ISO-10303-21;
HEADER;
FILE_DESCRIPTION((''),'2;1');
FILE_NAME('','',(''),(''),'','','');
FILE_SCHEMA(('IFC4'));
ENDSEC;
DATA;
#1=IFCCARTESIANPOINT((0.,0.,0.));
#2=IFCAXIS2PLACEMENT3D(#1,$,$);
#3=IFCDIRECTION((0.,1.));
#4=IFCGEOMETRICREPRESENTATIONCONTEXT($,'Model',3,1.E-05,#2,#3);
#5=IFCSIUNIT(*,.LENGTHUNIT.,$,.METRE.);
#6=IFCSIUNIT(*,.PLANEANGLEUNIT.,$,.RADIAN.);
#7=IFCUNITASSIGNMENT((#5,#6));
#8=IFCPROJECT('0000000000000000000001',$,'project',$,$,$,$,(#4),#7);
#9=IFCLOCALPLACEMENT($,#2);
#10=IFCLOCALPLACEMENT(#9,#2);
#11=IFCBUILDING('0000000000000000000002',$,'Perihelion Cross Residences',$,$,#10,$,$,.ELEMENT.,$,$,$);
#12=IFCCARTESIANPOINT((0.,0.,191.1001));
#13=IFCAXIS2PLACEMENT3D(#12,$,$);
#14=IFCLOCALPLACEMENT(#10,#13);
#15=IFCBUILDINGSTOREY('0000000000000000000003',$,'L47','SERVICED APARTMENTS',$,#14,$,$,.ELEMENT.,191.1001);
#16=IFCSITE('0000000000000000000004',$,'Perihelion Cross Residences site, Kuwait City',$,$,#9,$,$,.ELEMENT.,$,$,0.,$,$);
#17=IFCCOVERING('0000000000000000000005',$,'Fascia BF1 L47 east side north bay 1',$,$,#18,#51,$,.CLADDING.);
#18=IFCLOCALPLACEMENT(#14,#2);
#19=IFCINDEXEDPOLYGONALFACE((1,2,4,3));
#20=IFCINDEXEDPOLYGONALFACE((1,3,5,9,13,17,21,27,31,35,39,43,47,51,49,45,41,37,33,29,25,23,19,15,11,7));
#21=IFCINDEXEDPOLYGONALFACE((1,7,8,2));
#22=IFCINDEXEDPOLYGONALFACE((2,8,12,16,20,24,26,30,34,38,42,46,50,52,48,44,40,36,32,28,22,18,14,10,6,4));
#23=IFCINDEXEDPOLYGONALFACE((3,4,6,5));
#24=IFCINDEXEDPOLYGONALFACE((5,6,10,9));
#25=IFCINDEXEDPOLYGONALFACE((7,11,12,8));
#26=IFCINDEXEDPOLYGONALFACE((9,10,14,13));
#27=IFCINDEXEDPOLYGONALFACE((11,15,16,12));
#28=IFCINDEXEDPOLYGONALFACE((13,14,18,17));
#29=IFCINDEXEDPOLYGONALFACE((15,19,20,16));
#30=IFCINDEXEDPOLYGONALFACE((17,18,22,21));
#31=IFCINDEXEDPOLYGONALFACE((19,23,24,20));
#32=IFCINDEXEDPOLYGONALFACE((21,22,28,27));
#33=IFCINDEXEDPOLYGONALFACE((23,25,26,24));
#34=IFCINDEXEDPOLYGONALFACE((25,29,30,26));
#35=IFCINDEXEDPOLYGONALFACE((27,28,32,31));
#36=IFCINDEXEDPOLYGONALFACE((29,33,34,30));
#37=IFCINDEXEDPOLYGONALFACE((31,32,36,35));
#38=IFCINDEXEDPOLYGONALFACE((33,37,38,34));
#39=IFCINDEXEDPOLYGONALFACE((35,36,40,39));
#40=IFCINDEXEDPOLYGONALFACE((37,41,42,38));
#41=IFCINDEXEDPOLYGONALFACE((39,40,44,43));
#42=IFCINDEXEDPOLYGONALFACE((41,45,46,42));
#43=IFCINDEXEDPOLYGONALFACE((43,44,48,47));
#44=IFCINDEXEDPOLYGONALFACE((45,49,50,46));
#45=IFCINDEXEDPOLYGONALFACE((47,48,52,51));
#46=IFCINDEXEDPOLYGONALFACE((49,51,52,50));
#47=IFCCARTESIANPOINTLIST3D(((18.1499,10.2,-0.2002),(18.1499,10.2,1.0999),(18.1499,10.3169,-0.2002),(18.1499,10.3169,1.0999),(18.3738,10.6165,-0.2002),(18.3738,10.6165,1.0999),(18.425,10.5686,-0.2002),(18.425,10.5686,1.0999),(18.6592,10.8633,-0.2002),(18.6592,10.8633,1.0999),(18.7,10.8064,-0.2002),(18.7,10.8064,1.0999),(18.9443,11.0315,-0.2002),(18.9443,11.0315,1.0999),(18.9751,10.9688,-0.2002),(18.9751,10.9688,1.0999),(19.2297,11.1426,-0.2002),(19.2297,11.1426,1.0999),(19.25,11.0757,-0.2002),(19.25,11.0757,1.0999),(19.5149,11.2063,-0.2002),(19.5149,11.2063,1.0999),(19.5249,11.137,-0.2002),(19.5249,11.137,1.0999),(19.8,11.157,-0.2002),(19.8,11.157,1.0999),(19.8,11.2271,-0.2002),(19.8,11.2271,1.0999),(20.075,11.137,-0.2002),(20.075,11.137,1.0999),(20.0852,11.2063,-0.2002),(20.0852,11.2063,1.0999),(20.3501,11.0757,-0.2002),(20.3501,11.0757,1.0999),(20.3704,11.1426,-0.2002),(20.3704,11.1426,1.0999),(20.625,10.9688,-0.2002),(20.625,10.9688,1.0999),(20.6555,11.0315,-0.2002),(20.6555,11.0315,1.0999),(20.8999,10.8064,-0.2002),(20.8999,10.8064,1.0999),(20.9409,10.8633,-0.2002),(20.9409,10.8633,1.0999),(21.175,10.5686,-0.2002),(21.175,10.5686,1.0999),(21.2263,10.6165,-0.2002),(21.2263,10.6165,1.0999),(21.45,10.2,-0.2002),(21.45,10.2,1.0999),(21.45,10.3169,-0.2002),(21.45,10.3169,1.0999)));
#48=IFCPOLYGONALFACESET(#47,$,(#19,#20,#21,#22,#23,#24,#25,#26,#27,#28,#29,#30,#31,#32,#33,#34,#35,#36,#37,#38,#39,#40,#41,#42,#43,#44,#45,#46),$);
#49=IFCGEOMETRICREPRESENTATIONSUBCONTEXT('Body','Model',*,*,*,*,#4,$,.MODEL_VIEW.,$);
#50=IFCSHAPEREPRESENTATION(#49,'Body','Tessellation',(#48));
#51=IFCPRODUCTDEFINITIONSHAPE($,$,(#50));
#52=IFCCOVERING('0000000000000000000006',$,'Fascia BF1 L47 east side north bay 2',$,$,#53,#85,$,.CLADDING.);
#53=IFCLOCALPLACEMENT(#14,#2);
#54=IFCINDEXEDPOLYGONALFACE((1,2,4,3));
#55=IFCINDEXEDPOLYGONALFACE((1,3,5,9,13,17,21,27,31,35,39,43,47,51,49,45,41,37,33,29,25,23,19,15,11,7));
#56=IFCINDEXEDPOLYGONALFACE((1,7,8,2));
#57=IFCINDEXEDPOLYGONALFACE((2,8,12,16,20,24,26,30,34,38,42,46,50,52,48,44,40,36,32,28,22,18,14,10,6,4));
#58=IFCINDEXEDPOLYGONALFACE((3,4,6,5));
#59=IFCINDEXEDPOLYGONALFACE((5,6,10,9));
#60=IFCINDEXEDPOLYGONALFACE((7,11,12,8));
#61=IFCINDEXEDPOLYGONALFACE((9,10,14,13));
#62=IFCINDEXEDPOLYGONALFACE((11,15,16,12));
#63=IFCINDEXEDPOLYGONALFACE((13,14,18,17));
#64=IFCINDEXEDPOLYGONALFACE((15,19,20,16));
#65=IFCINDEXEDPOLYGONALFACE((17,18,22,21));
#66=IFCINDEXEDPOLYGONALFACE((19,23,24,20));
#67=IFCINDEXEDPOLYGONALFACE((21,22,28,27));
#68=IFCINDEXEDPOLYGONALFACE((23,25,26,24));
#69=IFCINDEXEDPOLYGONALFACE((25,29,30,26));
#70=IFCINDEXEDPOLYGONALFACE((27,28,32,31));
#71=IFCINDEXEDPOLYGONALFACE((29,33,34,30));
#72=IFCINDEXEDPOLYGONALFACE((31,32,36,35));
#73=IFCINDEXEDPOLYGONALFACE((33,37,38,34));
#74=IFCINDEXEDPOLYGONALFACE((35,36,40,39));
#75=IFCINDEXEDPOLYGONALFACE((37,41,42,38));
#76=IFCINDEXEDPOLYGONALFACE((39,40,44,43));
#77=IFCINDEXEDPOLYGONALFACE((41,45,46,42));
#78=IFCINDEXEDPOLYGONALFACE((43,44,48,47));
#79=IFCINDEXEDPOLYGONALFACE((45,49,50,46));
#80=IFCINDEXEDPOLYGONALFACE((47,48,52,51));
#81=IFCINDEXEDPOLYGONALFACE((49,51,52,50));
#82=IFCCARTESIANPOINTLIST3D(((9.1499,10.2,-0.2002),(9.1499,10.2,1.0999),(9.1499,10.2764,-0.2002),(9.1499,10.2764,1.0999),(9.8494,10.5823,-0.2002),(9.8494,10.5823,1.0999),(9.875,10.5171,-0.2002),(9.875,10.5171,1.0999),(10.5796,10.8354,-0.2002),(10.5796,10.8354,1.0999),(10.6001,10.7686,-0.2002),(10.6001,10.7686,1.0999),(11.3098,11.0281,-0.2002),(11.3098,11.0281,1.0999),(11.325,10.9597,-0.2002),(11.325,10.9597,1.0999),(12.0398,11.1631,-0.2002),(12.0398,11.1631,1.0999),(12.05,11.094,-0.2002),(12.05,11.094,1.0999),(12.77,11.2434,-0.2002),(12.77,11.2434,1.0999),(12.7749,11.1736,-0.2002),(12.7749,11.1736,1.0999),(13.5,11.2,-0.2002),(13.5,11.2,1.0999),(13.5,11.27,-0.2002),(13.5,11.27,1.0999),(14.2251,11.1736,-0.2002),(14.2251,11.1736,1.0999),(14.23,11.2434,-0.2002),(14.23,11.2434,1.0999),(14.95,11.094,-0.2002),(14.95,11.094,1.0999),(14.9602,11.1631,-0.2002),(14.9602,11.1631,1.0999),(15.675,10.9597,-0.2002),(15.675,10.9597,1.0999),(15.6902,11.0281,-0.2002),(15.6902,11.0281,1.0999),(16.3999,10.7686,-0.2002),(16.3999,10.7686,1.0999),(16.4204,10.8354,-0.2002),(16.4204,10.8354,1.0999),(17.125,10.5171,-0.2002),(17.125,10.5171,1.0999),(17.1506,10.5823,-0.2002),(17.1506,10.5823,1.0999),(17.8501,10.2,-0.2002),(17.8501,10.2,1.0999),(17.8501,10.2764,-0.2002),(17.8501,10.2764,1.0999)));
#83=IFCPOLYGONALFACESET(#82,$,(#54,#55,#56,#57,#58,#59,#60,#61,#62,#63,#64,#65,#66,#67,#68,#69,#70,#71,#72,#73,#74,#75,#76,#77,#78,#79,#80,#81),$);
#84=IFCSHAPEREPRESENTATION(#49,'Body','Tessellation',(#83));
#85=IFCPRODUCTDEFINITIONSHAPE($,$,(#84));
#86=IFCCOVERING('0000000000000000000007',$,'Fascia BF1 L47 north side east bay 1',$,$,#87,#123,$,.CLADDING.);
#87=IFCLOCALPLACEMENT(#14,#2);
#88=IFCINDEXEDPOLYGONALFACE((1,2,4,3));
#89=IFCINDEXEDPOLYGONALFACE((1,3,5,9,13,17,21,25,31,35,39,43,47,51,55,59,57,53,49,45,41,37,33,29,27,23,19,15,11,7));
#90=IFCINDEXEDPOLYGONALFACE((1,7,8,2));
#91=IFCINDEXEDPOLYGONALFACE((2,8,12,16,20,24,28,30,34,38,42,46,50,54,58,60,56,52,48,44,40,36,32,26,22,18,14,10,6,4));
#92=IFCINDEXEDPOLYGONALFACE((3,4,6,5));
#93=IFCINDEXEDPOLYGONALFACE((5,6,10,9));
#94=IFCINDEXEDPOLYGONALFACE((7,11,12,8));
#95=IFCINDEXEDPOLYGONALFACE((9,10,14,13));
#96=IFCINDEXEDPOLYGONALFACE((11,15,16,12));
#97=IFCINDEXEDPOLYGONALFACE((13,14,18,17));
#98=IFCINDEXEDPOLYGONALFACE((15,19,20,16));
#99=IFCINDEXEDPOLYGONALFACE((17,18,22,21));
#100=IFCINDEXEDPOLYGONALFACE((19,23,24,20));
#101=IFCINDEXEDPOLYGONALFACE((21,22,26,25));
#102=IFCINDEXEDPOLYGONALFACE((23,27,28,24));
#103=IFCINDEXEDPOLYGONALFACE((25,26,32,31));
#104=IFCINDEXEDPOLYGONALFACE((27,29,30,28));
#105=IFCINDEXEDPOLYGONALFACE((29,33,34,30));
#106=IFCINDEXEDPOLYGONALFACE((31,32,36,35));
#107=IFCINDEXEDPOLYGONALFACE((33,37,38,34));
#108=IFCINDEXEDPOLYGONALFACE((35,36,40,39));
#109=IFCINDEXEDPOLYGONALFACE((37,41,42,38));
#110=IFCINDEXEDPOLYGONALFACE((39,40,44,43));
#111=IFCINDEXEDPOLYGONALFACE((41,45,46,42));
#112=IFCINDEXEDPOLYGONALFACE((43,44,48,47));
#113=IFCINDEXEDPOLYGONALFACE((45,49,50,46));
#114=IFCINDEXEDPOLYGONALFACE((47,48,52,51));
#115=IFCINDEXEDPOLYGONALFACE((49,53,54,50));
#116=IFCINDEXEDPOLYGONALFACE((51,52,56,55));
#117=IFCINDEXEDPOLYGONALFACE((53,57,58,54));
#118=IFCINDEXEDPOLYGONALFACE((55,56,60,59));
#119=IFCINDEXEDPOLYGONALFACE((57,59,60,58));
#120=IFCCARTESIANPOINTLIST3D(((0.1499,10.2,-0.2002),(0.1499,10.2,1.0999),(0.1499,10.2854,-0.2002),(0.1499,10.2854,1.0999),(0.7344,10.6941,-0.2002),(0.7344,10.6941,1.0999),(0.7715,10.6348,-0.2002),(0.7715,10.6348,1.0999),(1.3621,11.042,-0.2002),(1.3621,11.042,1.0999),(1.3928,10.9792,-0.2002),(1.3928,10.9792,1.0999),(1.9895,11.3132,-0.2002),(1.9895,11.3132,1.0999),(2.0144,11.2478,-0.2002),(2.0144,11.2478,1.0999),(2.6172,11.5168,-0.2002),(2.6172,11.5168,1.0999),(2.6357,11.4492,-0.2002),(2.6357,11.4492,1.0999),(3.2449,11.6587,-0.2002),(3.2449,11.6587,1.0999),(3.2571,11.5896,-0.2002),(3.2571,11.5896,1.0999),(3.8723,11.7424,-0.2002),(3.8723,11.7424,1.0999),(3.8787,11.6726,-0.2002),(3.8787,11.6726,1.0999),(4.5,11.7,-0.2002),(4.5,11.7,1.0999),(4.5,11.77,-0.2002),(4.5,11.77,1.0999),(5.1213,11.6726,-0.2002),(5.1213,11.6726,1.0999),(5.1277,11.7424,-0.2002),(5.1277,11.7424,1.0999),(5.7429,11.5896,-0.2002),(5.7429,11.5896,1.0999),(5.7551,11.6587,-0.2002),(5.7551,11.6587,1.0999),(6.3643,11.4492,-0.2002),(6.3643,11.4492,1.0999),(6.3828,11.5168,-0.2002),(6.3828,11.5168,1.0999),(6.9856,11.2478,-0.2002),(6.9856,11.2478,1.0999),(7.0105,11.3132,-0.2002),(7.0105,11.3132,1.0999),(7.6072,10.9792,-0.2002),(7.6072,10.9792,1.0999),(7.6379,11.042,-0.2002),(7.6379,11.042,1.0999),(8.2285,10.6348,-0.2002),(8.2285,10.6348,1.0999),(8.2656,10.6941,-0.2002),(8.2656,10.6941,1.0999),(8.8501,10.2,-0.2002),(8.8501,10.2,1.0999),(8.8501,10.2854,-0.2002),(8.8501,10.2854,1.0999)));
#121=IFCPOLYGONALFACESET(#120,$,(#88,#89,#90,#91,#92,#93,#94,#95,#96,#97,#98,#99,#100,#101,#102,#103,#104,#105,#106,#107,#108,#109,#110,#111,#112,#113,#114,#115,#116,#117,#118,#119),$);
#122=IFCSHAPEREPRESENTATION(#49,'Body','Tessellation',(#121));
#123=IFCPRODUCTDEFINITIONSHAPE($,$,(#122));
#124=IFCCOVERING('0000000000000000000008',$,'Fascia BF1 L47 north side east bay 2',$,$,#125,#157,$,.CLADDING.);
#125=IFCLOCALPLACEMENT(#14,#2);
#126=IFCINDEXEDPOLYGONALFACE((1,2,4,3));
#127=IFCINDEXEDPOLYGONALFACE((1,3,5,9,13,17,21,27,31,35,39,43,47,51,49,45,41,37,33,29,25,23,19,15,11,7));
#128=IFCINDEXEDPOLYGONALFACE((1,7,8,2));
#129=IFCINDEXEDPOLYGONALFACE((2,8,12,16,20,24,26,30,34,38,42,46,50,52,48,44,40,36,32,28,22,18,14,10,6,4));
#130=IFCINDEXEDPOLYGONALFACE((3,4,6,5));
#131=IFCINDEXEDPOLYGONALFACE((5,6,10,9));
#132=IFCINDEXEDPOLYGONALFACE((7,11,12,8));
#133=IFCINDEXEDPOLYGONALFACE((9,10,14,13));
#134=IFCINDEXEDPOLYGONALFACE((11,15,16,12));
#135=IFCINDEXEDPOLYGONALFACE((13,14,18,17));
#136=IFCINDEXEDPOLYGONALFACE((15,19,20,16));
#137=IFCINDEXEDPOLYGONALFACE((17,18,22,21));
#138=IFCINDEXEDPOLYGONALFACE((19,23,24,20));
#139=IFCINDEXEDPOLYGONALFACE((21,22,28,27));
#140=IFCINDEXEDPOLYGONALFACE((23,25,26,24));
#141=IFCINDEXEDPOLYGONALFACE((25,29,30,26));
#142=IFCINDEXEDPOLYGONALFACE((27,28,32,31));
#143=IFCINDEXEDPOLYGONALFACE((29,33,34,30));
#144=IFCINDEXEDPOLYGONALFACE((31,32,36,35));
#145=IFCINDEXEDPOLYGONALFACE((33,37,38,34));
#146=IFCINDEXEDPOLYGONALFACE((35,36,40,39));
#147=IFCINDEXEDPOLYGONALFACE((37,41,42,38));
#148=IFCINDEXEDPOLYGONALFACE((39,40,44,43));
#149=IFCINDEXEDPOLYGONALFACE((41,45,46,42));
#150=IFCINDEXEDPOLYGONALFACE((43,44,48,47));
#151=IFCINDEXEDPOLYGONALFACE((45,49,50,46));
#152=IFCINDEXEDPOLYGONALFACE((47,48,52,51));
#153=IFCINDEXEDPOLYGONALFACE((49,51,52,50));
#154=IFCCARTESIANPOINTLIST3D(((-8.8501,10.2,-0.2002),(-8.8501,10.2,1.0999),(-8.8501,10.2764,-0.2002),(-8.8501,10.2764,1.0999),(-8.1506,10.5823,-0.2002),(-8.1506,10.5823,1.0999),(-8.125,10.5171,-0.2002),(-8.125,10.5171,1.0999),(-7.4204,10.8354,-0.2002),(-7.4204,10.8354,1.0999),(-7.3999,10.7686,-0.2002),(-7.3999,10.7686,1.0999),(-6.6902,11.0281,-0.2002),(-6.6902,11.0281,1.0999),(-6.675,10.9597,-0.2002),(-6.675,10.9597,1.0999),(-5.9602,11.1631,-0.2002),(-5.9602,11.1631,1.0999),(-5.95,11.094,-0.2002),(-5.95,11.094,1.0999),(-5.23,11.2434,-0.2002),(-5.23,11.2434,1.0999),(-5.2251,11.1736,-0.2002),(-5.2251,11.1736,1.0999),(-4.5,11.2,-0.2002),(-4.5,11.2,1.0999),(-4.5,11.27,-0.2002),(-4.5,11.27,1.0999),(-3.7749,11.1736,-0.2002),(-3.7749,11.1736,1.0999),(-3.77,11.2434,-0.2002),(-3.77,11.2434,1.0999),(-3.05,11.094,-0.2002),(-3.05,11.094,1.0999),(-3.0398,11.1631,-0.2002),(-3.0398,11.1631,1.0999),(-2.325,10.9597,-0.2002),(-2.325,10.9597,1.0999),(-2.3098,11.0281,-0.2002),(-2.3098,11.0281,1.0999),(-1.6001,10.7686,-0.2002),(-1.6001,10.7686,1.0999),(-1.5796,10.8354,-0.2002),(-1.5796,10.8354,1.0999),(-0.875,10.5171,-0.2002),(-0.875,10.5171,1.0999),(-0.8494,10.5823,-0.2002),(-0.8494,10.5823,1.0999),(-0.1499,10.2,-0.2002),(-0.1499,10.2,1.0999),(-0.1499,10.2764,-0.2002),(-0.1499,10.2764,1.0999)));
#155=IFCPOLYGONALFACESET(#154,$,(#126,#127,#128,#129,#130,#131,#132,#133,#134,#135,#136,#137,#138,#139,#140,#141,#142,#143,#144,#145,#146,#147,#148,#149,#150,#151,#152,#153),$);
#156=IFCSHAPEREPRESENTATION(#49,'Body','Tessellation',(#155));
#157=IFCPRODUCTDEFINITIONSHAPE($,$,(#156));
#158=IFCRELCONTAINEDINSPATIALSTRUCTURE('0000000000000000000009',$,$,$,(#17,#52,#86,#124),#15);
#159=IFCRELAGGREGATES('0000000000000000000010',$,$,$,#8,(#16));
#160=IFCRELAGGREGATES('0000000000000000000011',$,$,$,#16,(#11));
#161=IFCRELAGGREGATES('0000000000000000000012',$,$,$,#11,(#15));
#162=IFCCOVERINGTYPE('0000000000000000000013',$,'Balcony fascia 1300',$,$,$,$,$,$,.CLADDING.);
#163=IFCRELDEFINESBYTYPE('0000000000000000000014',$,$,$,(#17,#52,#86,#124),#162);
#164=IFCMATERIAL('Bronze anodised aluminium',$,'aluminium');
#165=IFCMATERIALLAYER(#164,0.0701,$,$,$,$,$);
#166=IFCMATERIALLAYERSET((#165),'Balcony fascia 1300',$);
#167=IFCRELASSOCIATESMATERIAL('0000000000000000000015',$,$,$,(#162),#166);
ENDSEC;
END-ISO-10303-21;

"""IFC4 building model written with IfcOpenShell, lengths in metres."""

from ifc_helpers import new_model, si_unit, direction, frame, origin, place, context, subcontext, project, spatial, polyline, outline, extrude, material, layer, layer_set, type_object, element, save


model = new_model("IFC4")

# Units and contexts
model_context = context("Model", 3, precision=1e-05, world=origin(), true_north=direction((0.0, 1.0)))
body_context = subcontext(model_context, "Body", "Model", "MODEL_VIEW")
ifc_project = project(units=[si_unit("LENGTHUNIT", "METRE"), si_unit("PLANEANGLEUNIT", "RADIAN")], contexts=[model_context])

# Site, building, storey
site_placement = place(None, origin())
site = spatial("IfcSite", under=ifc_project, at=site_placement, Name="Perihelion Cross Residences site, Kuwait City", CompositionType="ELEMENT", RefElevation=0.0)
building_placement = place(site_placement, origin())
building = spatial("IfcBuilding", under=site, at=building_placement, Name="Perihelion Cross Residences", CompositionType="ELEMENT")
storey_placement = place(building_placement, frame((0.0, 0.0, 191.1001)))
storey = spatial("IfcBuildingStorey", under=building, at=storey_placement, Name="L47", Description="SERVICED APARTMENTS", CompositionType="ELEMENT", Elevation=191.1001)

# Coverings
ifc_material_1 = material(Name="Bronze anodised aluminium", Category="aluminium")
ifc_layer_1 = layer(ifc_material_1, 0.0701)
ifc_layer_set_1 = layer_set([ifc_layer_1], Name="Balcony fascia 1300")
covering_type = type_object("IfcCoveringType", Name="Balcony fascia 1300", PredefinedType="CLADDING", material=ifc_layer_set_1)
covering_1_placement = place(storey_placement, frame((0.0, 0.0, -0.2002)))
element("IfcCovering", 1, at=covering_1_placement, inside=storey, type_object=covering_type, Name="Fascia BF1 L47 east side north bay 1", PredefinedType="CLADDING", context=body_context, shape_type="SweptSolid", body=[
    extrude(outline(polyline([(21.2263, 10.6165), (20.9409, 10.8633), (20.6555, 11.0315), (20.3704, 11.1426), (20.0852, 11.2063), (19.8, 11.2271), (19.5149, 11.2063), (19.2297, 11.1426), (18.9443, 11.0315), (18.6592, 10.8633), (18.3738, 10.6165), (18.1499, 10.3169), (18.1499, 10.2), (18.425, 10.5686), (18.7, 10.8064), (18.9751, 10.9688), (19.25, 11.0757), (19.5249, 11.137), (19.8, 11.157), (20.075, 11.137), (20.3501, 11.0757), (20.625, 10.9688), (20.8999, 10.8064), (21.175, 10.5686), (21.45, 10.2), (21.45, 10.3169), (21.2263, 10.6165)])), origin(), (0.0, 0.0, 1.0), 1.3),
])
covering_2_placement = place(storey_placement, frame((0.0, 0.0, -0.2002)))
element("IfcCovering", 2, at=covering_2_placement, inside=storey, type_object=covering_type, Name="Fascia BF1 L47 east side north bay 2", PredefinedType="CLADDING", context=body_context, shape_type="SweptSolid", body=[
    extrude(outline(polyline([(17.1506, 10.5823), (16.4204, 10.8354), (15.6902, 11.0281), (14.9602, 11.1631), (14.23, 11.2434), (13.5, 11.27), (12.77, 11.2434), (12.0398, 11.1631), (11.3098, 11.0281), (10.5796, 10.8354), (9.8494, 10.5823), (9.1499, 10.2764), (9.1499, 10.2), (9.875, 10.5171), (10.6001, 10.7686), (11.325, 10.9597), (12.05, 11.094), (12.7749, 11.1736), (13.5, 11.2), (14.2251, 11.1736), (14.95, 11.094), (15.675, 10.9597), (16.3999, 10.7686), (17.125, 10.5171), (17.8501, 10.2), (17.8501, 10.2764), (17.1506, 10.5823)])), origin(), (0.0, 0.0, 1.0), 1.3),
])
covering_3_placement = place(storey_placement, frame((0.0, 0.0, -0.2002)))
element("IfcCovering", 3, at=covering_3_placement, inside=storey, type_object=covering_type, Name="Fascia BF1 L47 north side east bay 1", PredefinedType="CLADDING", context=body_context, shape_type="SweptSolid", body=[
    extrude(outline(polyline([(8.2656, 10.6941), (7.6379, 11.042), (7.0105, 11.3132), (6.3828, 11.5168), (5.7551, 11.6587), (5.1277, 11.7424), (4.5, 11.77), (3.8723, 11.7424), (3.2449, 11.6587), (2.6172, 11.5168), (1.9895, 11.3132), (1.3621, 11.042), (0.7344, 10.6941), (0.1499, 10.2854), (0.1499, 10.2), (0.7715, 10.6348), (1.3928, 10.9792), (2.0144, 11.2478), (2.6357, 11.4492), (3.2571, 11.5896), (3.8787, 11.6726), (4.5, 11.7), (5.1213, 11.6726), (5.7429, 11.5896), (6.3643, 11.4492), (6.9856, 11.2478), (7.6072, 10.9792), (8.2285, 10.6348), (8.8501, 10.2), (8.8501, 10.2854), (8.2656, 10.6941)])), origin(), (0.0, 0.0, 1.0), 1.3),
])
covering_4_placement = place(storey_placement, frame((0.0, 0.0, -0.2002)))
element("IfcCovering", 4, at=covering_4_placement, inside=storey, type_object=covering_type, Name="Fascia BF1 L47 north side east bay 2", PredefinedType="CLADDING", context=body_context, shape_type="SweptSolid", body=[
    extrude(outline(polyline([(-0.8494, 10.5823), (-1.5796, 10.8354), (-2.3098, 11.0281), (-3.0398, 11.1631), (-3.77, 11.2434), (-4.5, 11.27), (-5.23, 11.2434), (-5.9602, 11.1631), (-6.6902, 11.0281), (-7.4204, 10.8354), (-8.1506, 10.5823), (-8.8501, 10.2764), (-8.8501, 10.2), (-8.125, 10.5171), (-7.3999, 10.7686), (-6.675, 10.9597), (-5.95, 11.094), (-5.2251, 11.1736), (-4.5, 11.2), (-3.7749, 11.1736), (-3.05, 11.094), (-2.325, 10.9597), (-1.6001, 10.7686), (-0.875, 10.5171), (-0.1499, 10.2), (-0.1499, 10.2764), (-0.8494, 10.5823)])), origin(), (0.0, 0.0, 1.0), 1.3),
])

save(model, "model.ifc")
